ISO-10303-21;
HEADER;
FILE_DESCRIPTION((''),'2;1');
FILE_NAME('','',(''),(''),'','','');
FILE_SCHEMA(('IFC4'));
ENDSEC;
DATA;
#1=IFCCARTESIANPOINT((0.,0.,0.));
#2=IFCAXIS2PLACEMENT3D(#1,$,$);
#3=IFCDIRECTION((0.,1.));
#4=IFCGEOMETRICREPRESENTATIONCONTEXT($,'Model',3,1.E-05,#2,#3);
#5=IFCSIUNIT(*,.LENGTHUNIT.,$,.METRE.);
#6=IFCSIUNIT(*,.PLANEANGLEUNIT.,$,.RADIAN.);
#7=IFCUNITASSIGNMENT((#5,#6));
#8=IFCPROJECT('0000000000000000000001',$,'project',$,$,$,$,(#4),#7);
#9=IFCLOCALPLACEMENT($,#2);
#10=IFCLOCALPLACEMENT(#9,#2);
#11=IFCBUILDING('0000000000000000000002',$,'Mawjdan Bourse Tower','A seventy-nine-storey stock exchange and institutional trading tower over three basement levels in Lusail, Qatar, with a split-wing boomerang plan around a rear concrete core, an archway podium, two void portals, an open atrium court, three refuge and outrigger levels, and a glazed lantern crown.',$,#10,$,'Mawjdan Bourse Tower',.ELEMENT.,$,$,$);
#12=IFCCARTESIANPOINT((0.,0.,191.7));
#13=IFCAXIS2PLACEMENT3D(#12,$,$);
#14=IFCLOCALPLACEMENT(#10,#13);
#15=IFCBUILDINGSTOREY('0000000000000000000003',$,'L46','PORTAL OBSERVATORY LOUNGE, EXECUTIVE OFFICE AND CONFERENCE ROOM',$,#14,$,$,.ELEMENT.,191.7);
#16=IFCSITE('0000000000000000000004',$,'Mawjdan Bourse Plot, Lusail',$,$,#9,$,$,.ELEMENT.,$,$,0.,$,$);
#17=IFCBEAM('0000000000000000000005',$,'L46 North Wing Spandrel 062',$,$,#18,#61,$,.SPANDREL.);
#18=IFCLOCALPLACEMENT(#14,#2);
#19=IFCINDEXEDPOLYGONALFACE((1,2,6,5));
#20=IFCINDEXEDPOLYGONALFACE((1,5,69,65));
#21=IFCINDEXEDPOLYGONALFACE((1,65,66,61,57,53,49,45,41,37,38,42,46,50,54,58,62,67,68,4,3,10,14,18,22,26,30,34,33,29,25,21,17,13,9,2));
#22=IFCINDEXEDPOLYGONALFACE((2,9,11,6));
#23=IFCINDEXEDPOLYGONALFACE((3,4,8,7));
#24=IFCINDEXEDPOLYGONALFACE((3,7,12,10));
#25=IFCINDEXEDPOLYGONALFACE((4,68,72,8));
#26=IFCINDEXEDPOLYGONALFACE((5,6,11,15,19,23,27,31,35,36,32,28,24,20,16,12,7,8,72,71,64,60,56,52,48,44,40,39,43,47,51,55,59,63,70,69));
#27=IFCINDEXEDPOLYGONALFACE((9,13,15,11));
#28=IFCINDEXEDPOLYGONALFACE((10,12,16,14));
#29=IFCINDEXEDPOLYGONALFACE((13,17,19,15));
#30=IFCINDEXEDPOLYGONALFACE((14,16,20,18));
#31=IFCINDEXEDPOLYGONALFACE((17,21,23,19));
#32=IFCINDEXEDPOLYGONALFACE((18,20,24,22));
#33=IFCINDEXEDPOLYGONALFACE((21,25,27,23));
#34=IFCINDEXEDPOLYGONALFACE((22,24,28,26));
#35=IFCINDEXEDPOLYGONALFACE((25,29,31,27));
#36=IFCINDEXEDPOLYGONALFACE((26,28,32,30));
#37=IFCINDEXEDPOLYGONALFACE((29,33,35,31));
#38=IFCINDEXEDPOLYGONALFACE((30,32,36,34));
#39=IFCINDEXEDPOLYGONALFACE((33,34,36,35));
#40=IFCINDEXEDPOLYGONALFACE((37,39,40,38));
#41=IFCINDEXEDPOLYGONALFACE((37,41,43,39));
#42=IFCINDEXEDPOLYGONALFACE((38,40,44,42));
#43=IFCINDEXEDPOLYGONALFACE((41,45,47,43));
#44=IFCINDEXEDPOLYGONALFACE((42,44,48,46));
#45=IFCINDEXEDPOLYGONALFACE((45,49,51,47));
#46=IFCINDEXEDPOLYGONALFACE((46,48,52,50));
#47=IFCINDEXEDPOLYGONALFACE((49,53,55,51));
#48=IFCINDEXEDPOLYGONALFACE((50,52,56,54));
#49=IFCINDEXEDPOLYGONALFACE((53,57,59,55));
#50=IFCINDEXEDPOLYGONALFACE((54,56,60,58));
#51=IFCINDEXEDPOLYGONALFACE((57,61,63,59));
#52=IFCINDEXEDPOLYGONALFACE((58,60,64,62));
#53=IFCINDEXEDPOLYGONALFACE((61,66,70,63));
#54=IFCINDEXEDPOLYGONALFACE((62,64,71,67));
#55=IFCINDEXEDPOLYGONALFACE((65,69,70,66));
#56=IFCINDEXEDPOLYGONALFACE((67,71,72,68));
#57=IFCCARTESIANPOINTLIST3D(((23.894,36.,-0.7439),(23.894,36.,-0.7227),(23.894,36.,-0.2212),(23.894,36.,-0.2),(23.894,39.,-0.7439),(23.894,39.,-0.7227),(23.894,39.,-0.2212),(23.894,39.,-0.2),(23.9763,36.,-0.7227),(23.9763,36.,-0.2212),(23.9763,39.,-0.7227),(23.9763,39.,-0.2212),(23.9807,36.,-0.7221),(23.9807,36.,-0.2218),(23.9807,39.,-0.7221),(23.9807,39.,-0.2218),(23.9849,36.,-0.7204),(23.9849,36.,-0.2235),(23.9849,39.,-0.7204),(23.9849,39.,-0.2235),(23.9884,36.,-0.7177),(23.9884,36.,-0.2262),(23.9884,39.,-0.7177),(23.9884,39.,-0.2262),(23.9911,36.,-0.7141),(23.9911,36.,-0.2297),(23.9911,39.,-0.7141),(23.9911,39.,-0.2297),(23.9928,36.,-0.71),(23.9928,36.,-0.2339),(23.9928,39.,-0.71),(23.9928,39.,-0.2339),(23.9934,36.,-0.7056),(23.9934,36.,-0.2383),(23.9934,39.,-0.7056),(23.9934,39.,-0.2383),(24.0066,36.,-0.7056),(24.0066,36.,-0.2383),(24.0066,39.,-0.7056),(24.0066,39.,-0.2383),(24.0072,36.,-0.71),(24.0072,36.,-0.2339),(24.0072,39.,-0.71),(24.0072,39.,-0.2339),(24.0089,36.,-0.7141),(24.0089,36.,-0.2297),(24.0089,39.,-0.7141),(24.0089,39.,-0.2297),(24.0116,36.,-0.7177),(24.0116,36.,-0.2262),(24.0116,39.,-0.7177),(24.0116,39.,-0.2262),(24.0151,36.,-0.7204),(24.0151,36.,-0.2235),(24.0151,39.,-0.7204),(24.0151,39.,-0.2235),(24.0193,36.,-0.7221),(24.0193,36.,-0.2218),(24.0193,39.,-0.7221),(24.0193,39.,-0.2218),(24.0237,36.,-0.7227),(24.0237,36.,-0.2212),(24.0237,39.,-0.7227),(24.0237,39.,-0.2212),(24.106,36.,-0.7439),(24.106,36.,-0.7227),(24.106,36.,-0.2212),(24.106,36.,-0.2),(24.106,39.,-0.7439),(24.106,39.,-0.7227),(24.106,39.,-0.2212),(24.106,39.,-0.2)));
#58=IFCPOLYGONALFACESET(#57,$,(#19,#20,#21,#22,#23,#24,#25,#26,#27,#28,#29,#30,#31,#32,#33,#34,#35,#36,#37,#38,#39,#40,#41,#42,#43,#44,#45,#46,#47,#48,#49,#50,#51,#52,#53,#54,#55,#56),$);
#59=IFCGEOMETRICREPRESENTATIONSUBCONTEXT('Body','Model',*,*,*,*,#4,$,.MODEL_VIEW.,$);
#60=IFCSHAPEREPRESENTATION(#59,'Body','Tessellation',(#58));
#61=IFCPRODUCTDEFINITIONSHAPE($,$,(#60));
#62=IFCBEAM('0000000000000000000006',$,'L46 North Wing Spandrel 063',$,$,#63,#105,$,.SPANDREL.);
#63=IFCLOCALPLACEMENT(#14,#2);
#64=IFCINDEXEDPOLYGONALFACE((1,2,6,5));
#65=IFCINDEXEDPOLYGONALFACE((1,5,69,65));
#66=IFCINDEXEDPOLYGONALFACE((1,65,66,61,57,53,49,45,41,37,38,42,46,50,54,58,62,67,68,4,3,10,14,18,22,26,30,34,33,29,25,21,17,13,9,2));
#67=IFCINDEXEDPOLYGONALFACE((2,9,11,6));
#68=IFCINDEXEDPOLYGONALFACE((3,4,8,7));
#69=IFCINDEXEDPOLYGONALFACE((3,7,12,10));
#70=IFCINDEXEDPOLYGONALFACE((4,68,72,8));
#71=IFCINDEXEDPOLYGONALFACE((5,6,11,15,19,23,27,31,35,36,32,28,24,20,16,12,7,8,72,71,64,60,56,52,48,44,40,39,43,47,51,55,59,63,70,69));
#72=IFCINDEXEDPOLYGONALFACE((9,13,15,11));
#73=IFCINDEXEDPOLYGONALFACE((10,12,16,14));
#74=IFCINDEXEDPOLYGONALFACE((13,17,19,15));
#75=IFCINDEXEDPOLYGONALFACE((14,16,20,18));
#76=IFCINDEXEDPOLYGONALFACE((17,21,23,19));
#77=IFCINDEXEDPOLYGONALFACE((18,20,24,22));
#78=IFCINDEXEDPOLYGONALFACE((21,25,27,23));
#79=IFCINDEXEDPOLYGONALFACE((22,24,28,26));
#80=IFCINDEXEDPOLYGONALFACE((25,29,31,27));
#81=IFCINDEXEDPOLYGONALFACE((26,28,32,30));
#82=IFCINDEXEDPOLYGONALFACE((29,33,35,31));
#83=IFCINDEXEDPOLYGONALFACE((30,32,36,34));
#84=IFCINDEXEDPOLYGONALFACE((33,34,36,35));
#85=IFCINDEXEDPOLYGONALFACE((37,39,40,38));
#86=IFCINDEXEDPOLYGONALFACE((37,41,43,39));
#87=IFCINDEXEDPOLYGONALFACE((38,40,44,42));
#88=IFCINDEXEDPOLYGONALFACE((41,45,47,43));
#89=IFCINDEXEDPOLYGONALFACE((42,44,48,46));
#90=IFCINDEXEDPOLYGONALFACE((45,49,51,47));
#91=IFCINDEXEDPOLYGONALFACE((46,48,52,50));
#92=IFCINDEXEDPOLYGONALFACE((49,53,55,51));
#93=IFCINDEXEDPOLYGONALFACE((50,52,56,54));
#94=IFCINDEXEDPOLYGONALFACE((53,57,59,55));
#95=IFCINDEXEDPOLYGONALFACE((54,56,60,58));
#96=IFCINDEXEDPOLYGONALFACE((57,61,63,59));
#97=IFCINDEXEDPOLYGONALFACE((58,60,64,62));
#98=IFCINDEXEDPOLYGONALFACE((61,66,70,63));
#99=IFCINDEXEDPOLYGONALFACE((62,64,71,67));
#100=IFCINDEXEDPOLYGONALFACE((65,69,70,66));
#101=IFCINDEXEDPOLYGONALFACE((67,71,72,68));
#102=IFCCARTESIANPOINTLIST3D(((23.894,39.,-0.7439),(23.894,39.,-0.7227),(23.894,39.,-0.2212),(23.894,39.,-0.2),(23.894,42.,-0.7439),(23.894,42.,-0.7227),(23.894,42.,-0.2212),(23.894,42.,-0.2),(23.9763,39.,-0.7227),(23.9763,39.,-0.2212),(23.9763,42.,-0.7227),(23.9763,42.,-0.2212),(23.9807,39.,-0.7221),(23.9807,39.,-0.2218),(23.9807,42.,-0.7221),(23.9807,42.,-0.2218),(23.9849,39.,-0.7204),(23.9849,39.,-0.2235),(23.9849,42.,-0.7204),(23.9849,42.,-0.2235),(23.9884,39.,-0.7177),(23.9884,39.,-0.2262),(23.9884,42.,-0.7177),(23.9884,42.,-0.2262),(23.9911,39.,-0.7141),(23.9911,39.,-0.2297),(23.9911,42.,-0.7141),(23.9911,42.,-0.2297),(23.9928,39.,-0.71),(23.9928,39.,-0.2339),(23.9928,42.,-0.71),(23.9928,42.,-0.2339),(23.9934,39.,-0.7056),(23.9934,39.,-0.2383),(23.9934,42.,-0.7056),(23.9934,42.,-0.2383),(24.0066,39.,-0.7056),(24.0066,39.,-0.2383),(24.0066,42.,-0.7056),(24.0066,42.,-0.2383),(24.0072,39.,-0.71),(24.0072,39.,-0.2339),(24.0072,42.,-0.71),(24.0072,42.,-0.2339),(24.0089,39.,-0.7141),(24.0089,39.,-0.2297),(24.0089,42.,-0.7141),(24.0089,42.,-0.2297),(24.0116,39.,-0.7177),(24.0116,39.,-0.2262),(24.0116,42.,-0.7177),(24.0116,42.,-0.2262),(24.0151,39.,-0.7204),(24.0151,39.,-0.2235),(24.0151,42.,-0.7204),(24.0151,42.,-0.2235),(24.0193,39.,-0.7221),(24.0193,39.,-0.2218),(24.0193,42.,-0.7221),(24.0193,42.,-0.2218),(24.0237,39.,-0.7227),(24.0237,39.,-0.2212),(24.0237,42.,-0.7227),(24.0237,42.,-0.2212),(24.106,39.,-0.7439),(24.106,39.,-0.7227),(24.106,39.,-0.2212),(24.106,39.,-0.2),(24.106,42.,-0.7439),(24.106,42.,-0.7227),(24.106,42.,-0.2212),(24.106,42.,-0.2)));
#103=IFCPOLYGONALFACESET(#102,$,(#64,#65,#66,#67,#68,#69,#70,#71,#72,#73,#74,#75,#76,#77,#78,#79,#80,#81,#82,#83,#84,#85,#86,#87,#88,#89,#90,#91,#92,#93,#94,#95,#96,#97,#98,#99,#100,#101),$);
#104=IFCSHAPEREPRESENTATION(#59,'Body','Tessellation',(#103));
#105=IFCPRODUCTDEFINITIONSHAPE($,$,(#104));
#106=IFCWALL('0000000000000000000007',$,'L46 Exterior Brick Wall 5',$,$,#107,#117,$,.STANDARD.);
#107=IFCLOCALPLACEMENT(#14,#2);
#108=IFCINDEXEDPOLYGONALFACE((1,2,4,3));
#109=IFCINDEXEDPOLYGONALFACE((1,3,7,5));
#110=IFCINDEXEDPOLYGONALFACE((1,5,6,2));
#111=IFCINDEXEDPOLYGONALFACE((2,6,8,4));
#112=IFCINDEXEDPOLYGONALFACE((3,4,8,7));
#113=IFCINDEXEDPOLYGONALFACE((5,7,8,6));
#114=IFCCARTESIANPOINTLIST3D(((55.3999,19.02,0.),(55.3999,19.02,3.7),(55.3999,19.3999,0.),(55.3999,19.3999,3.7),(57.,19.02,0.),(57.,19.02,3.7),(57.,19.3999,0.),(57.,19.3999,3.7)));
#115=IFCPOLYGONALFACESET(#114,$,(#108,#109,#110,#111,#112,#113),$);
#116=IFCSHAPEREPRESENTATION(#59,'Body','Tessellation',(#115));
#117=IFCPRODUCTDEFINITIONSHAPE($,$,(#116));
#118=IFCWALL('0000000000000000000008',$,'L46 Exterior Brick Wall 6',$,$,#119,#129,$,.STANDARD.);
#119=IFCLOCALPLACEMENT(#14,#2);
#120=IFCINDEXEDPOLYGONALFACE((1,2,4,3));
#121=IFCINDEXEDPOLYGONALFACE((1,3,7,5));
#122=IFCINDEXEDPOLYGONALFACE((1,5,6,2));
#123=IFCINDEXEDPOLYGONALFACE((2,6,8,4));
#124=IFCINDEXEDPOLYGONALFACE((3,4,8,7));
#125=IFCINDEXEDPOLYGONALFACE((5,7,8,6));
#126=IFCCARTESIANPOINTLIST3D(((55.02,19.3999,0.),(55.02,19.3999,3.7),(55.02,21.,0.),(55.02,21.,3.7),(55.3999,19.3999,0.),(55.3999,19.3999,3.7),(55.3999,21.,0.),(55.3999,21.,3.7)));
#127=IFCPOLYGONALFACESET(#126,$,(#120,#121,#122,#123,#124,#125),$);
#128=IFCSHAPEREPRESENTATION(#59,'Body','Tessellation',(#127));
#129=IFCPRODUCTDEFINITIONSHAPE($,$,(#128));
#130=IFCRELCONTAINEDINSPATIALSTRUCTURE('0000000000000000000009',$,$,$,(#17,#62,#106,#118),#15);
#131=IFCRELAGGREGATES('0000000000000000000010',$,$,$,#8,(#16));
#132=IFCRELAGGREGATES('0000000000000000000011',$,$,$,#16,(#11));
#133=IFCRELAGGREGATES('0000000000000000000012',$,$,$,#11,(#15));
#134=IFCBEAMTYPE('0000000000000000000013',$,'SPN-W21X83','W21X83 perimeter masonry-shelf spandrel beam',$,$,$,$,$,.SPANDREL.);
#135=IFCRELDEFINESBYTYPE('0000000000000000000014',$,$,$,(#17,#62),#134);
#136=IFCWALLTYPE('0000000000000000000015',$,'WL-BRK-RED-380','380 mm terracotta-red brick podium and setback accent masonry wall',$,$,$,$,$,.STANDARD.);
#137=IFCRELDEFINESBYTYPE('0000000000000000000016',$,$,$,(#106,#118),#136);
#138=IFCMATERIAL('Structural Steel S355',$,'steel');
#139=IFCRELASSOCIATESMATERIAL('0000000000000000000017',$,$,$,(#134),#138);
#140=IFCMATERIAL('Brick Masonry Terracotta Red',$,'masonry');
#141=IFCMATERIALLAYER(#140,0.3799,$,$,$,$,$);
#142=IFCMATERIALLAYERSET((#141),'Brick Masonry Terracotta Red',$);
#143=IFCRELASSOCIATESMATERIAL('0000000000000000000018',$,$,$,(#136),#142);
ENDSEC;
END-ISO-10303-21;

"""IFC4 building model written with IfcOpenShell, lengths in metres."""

from ifc_helpers import new_model, si_unit, direction, frame, frame_2d, origin, origin_2d, place, context, subcontext, project, spatial, rectangle, i_section, extrude, material, layer, layer_set, material_profile, profile_set, type_object, element, save


model = new_model("IFC4")

# Units and contexts
model_context = context("Model", 3, precision=1e-05, world=origin(), true_north=direction((0.0, 1.0)))
body_context = subcontext(model_context, "Body", "Model", "MODEL_VIEW")
ifc_project = project(units=[si_unit("LENGTHUNIT", "METRE"), si_unit("PLANEANGLEUNIT", "RADIAN")], contexts=[model_context])

# Site, building, storey
site_placement = place(None, origin())
site = spatial("IfcSite", under=ifc_project, at=site_placement, Name="Mawjdan Bourse Plot, Lusail", CompositionType="ELEMENT", RefElevation=0.0)
building_placement = place(site_placement, origin())
building = spatial("IfcBuilding", under=site, at=building_placement, Name="Mawjdan Bourse Tower", Description="A seventy-nine-storey stock exchange and institutional trading tower over three basement levels in Lusail, Qatar, with a split-wing boomerang plan around a rear concrete core, an archway podium, two void portals, an open atrium court, three refuge and outrigger levels, and a glazed lantern crown.", LongName="Mawjdan Bourse Tower", CompositionType="ELEMENT")
storey_placement = place(building_placement, frame((0.0, 0.0, 191.7)))
storey = spatial("IfcBuildingStorey", under=building, at=storey_placement, Name="L46", Description="PORTAL OBSERVATORY LOUNGE, EXECUTIVE OFFICE AND CONFERENCE ROOM", CompositionType="ELEMENT", Elevation=191.7)

# Beams
ifc_material_1 = material(Name="Structural Steel S355", Category="steel")
ifc_material_profile_1 = material_profile(ifc_material_1, i_section(OverallWidth=0.2119, OverallDepth=0.5439, WebThickness=0.0132, FlangeThickness=0.0212, FilletRadius=0.0171, at=origin_2d()), Name="W21X83")
ifc_profile_set_1 = profile_set([ifc_material_profile_1], Name="Structural Steel S355")
beam_type_1 = type_object("IfcBeamType", Name="SPN-W21X83", Description="W21X83 perimeter masonry-shelf spandrel beam", PredefinedType="SPANDREL", material=ifc_profile_set_1)
for number, where, z_axis, x_axis, name in (
    (1, (24.0, 36.0, -0.4719), (0.0, 1.0, 0.0), (-1.0, 0.0, 0.0), "L46 North Wing Spandrel 062"),
    (2, (24.0, 39.0, -0.4719), (0.0, 1.0, 0.0), (-1.0, 0.0, 0.0), "L46 North Wing Spandrel 063"),
):
    element("IfcBeam", number, at=place(storey_placement, frame(where, z_axis=z_axis, x_axis=x_axis)), inside=storey, type_object=beam_type_1, Name=name, PredefinedType="SPANDREL", context=body_context, shape_type="SweptSolid", body=[
        extrude(i_section(OverallWidth=0.2119, OverallDepth=0.5439, WebThickness=0.0132, FlangeThickness=0.0212, FilletRadius=0.0171, at=origin_2d()), origin(), (0.0, 0.0, 1.0), 3.0),
    ])

# Walls
ifc_material_2 = material(Name="Brick Masonry Terracotta Red", Category="masonry")
ifc_layer = layer(ifc_material_2, 0.3799)
ifc_layer_set = layer_set([ifc_layer], Name="Brick Masonry Terracotta Red")
wall_type = type_object("IfcWallType", Name="WL-BRK-RED-380", Description="380 mm terracotta-red brick podium and setback accent masonry wall", PredefinedType="STANDARD", material=ifc_layer_set)
for number, where, z_axis, x_axis, name in (
    (3, (57.0, 19.21, 0.0), (0.0, 0.0, 1.0), (-1.0, 0.0, 0.0), "L46 Exterior Brick Wall 5"),
    (4, (55.21, 19.3999, 0.0), (0.0, 0.0, 1.0), (0.0, 1.0, 0.0), "L46 Exterior Brick Wall 6"),
):
    element("IfcWall", number, at=place(storey_placement, frame(where, z_axis=z_axis, x_axis=x_axis)), inside=storey, type_object=wall_type, Name=name, PredefinedType="STANDARD", context=body_context, shape_type="SweptSolid", body=[
        extrude(rectangle(XDim=1.6001, YDim=0.3799, at=frame_2d((0.8, 0.0))), origin(), (0.0, 0.0, 1.0), 3.7),
    ])

save(model, "model.ifc")
